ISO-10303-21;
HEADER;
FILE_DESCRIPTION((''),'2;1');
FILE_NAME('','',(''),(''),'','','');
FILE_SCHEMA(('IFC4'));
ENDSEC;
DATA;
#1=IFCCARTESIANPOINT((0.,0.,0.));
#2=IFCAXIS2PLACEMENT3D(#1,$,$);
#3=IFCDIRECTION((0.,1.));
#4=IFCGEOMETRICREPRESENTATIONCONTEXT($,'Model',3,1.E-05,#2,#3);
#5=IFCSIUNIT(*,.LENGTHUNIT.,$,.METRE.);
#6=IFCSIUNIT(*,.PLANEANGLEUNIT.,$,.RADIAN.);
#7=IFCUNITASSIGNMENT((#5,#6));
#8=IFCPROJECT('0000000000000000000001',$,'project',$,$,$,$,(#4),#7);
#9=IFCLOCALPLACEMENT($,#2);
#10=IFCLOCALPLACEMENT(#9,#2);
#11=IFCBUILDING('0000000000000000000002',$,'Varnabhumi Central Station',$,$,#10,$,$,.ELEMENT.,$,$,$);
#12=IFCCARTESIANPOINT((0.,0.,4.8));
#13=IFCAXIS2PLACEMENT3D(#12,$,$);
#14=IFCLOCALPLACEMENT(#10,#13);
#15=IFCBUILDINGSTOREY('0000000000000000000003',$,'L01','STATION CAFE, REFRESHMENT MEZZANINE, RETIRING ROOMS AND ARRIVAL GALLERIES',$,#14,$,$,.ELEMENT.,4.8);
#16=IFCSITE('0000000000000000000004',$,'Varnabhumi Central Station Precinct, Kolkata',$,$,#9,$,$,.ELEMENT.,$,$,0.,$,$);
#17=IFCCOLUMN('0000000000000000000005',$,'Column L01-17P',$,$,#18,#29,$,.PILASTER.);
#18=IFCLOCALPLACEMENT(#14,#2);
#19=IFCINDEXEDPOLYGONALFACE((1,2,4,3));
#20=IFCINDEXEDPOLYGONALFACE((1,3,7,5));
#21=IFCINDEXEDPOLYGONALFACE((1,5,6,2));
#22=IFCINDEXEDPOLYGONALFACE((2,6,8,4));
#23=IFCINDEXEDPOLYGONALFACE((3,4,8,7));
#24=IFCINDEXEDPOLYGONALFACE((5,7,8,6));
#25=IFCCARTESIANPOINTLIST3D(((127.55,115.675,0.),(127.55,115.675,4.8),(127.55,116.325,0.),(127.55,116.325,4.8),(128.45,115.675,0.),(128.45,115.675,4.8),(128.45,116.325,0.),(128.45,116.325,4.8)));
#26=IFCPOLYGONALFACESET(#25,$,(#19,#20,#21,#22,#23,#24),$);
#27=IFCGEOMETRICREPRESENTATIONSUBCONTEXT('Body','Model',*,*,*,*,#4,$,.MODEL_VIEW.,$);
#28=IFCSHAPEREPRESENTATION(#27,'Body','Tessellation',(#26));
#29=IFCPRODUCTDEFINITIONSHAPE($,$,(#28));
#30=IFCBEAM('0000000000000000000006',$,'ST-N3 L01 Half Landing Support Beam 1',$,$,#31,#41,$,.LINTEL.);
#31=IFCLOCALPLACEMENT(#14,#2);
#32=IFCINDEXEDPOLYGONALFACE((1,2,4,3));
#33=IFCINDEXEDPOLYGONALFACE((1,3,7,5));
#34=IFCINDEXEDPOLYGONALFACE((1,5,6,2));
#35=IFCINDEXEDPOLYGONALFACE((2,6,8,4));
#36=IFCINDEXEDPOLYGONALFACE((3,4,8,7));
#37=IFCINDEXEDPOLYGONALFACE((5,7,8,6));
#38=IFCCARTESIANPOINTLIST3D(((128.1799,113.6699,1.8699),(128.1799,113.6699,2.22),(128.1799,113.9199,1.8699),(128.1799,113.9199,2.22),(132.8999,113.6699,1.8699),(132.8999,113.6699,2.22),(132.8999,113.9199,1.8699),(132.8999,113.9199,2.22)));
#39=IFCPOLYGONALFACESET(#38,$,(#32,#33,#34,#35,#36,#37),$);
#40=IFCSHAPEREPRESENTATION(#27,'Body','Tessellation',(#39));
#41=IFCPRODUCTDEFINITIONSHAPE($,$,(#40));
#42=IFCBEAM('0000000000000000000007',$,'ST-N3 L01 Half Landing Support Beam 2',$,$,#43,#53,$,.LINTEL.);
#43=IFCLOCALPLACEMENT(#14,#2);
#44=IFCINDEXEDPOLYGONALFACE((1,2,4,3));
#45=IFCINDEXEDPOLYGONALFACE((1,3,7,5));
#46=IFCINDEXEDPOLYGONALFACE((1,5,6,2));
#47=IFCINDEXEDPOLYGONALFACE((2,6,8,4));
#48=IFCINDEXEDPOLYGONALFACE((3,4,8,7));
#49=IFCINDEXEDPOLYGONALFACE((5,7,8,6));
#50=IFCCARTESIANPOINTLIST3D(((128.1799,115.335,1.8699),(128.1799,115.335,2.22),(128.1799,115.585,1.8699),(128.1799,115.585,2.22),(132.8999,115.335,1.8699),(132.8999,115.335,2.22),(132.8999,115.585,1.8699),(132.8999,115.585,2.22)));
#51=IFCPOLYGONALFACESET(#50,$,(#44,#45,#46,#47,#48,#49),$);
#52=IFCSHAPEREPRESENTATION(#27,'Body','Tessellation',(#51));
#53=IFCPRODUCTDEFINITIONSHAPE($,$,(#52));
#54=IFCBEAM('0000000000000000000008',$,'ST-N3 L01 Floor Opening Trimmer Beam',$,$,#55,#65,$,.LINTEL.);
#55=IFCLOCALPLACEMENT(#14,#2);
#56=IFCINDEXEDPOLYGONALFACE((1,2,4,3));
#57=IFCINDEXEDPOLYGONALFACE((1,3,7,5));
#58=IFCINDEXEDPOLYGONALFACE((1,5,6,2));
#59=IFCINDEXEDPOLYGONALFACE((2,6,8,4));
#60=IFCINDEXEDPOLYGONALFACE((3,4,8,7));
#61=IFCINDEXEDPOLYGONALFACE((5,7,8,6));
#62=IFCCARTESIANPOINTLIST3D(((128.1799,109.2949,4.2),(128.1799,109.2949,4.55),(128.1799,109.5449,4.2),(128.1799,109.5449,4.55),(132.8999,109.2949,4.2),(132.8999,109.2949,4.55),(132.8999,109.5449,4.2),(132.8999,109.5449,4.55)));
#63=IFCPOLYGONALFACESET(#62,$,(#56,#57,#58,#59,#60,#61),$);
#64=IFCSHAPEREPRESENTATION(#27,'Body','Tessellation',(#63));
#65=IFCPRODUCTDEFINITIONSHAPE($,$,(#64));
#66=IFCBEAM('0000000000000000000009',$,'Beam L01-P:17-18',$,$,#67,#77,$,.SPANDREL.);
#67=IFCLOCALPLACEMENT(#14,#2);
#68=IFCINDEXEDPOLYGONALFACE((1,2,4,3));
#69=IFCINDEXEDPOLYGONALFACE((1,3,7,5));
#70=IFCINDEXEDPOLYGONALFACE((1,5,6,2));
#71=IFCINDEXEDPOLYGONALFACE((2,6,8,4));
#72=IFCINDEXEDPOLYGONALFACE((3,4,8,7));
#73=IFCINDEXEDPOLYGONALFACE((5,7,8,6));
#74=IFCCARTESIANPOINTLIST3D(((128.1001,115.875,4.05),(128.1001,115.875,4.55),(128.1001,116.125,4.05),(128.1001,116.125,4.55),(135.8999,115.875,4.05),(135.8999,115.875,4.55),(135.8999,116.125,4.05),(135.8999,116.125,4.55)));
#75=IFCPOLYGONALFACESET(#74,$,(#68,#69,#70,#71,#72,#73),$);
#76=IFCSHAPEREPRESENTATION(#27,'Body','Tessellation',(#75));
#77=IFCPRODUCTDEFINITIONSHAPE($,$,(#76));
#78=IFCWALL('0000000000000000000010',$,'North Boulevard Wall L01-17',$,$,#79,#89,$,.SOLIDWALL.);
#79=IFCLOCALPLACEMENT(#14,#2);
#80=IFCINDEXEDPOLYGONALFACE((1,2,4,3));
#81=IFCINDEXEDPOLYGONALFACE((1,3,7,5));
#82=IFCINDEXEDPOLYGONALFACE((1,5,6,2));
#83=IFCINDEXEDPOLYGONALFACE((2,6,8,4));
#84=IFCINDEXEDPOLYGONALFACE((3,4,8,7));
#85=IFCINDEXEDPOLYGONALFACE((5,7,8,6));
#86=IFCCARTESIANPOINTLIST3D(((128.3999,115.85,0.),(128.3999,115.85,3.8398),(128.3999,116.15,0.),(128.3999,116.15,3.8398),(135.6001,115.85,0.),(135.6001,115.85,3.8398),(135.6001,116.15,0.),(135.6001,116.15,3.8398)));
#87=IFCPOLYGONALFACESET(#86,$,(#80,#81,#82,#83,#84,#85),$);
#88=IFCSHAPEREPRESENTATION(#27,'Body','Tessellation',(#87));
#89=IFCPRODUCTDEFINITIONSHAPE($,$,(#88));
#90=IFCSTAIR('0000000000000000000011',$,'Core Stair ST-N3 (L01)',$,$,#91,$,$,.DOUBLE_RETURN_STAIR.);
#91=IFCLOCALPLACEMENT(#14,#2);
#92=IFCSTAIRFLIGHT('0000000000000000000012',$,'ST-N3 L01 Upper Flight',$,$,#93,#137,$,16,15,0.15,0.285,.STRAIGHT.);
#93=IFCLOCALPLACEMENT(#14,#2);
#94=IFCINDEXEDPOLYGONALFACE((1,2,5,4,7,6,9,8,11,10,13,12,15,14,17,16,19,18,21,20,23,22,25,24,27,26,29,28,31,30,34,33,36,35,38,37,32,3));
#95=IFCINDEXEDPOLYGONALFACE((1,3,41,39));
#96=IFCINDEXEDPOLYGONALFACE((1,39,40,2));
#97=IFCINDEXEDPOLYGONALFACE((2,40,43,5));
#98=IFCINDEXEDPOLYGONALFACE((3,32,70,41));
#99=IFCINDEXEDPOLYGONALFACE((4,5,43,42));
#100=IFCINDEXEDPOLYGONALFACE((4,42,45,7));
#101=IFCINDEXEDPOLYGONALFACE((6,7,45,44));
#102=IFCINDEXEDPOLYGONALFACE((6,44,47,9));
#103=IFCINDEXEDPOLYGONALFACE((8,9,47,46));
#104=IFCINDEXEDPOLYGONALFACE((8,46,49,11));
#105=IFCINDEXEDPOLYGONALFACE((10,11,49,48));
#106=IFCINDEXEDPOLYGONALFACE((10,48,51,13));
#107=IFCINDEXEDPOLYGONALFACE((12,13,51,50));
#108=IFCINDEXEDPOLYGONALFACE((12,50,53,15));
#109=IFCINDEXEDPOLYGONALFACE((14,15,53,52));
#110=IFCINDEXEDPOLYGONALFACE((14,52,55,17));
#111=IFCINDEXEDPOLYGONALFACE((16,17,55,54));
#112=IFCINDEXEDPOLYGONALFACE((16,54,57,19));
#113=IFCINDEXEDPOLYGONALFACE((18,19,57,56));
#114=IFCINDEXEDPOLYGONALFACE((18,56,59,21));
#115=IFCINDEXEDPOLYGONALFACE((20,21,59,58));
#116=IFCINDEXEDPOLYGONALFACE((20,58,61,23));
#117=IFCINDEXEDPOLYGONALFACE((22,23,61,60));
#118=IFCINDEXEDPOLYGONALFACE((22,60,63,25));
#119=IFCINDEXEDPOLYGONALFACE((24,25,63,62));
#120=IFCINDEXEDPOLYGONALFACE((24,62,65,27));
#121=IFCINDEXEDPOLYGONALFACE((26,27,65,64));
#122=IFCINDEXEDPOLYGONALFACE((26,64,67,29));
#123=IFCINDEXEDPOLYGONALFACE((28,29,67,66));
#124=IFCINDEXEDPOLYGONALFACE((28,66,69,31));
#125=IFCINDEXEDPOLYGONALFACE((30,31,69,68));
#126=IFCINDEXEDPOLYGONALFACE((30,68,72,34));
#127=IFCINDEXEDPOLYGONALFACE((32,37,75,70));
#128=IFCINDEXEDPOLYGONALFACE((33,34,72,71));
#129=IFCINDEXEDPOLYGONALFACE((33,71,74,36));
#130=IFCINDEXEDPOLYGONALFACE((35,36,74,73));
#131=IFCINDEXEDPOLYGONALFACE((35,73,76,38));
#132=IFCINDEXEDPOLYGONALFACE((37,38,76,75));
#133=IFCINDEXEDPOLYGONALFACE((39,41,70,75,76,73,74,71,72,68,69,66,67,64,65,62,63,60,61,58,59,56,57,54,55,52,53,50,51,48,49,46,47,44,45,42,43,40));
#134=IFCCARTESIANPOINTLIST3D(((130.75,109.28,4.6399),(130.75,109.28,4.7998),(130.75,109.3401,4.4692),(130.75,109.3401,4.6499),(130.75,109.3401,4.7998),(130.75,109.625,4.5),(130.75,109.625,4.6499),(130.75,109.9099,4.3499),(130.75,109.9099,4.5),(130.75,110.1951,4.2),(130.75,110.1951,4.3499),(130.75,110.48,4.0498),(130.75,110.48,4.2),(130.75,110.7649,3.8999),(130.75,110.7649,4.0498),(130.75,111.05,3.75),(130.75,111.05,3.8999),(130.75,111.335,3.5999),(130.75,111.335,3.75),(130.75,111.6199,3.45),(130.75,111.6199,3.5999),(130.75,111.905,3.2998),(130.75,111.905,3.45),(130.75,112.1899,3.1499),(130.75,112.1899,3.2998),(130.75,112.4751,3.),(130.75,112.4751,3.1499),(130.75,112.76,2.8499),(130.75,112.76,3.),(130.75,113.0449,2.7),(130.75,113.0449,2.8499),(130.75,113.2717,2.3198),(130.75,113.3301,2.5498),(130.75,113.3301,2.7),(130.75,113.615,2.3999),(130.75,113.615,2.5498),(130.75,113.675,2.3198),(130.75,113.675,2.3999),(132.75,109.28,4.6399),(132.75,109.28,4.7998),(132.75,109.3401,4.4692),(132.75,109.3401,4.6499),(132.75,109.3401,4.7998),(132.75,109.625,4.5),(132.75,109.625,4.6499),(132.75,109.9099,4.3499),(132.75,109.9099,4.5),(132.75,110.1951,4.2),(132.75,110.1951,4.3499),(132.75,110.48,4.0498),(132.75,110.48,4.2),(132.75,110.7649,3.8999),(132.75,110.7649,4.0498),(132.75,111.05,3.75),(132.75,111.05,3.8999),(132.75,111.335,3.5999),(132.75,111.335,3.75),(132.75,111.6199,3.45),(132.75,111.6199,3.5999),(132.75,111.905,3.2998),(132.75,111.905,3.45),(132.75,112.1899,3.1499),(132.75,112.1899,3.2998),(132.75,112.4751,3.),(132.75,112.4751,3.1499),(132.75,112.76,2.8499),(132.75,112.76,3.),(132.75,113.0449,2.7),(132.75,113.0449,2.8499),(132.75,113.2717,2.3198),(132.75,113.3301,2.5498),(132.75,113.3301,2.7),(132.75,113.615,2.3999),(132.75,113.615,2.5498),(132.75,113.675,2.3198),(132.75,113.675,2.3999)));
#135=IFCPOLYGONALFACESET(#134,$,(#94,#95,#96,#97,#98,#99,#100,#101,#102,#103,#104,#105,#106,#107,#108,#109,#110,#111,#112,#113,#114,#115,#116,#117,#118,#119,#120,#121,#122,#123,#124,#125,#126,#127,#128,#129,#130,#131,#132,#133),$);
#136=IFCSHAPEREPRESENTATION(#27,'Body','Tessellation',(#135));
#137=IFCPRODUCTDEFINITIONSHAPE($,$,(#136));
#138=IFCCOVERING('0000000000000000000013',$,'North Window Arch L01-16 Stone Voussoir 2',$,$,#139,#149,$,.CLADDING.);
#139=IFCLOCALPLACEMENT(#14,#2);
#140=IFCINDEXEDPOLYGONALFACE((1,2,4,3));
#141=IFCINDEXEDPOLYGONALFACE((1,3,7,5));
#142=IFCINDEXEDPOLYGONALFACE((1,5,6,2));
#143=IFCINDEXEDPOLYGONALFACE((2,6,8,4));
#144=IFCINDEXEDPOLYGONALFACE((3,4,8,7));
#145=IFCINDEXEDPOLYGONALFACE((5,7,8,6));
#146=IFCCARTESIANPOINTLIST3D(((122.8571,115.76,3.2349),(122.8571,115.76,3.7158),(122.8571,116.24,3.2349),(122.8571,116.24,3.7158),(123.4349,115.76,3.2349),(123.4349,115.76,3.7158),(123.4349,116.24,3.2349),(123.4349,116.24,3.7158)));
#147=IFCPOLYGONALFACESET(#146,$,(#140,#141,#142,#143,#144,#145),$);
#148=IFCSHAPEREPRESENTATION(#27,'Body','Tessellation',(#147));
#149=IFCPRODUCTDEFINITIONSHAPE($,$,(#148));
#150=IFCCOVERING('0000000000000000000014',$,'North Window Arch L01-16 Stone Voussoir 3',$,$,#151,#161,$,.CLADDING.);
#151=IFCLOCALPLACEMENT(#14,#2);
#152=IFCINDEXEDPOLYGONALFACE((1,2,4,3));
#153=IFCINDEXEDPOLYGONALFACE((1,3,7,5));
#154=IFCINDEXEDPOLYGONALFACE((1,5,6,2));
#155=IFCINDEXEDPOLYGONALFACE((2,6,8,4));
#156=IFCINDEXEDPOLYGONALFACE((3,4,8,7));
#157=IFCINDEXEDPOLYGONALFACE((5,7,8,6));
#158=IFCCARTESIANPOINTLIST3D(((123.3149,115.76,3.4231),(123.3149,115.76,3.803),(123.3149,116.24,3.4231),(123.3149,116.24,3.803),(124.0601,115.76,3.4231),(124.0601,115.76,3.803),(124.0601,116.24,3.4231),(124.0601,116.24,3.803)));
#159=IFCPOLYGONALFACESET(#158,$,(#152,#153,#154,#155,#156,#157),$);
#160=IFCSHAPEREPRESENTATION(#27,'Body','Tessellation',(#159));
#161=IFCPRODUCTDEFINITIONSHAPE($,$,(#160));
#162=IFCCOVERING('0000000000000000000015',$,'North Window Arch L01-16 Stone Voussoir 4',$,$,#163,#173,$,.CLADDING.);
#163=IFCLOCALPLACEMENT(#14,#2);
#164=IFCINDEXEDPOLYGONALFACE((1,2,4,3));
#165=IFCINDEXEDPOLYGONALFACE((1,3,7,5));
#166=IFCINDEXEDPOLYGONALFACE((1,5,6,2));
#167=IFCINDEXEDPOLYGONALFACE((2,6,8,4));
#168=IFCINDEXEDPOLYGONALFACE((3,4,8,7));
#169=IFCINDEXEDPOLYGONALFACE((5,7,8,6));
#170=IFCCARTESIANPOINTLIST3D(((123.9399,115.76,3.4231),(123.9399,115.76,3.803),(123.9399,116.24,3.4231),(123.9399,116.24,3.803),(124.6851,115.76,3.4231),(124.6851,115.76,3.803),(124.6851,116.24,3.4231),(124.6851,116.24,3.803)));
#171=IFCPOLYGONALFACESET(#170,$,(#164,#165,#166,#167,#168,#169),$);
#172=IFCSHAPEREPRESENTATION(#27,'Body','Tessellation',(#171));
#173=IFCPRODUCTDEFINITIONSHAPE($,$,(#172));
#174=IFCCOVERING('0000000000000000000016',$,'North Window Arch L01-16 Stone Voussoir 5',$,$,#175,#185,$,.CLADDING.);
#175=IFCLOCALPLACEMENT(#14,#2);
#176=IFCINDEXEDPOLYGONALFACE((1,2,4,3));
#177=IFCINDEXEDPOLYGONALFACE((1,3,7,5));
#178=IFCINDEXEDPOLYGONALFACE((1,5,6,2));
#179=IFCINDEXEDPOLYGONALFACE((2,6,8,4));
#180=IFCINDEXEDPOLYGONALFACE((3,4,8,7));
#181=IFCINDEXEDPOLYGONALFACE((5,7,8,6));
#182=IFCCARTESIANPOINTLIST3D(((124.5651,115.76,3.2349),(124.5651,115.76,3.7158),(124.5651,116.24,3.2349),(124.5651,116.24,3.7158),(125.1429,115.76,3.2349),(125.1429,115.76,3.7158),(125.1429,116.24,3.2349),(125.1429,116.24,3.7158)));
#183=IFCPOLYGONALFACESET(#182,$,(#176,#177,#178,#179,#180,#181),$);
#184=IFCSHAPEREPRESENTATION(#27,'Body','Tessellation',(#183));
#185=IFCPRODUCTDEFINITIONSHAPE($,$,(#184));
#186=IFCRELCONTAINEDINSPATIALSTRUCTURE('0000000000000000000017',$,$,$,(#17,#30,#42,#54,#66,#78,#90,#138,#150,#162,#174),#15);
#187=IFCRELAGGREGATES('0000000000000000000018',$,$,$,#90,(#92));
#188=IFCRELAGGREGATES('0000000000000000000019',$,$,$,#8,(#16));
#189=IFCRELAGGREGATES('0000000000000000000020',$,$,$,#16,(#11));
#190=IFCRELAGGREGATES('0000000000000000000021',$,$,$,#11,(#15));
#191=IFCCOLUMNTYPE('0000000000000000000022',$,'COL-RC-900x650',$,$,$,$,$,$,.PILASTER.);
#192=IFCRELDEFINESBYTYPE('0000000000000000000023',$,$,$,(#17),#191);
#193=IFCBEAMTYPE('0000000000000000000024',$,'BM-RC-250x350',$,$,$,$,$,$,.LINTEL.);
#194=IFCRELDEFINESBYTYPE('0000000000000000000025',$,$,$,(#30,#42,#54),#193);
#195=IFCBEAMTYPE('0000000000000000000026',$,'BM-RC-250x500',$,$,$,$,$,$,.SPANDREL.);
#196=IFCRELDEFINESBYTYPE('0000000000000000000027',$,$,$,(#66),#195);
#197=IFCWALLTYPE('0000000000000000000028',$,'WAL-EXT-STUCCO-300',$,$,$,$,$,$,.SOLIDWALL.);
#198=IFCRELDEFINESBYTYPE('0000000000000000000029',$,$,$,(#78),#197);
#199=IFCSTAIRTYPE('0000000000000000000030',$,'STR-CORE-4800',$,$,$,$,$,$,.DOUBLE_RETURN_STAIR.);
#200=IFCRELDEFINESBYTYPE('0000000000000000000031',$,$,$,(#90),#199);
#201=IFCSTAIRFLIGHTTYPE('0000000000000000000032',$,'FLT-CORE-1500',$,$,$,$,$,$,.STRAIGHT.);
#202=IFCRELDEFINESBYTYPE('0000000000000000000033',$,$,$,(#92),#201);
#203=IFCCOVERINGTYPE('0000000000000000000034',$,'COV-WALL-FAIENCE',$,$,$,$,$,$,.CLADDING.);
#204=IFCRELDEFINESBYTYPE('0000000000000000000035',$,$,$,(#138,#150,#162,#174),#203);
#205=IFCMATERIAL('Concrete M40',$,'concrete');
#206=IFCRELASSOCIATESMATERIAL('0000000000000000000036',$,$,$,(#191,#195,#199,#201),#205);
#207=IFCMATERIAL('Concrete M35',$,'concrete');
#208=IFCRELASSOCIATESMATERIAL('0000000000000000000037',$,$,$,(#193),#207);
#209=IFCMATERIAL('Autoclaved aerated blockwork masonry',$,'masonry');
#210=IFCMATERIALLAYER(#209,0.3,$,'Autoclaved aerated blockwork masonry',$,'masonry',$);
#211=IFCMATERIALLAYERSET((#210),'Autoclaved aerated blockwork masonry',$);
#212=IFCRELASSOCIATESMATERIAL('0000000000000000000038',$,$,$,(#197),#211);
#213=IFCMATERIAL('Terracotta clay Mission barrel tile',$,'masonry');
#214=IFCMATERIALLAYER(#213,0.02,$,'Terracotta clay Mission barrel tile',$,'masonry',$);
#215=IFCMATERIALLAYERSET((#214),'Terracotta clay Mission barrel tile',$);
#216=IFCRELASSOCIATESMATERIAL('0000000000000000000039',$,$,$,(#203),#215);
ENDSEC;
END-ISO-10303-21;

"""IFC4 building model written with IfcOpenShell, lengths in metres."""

from ifc_helpers import new_model, si_unit, direction, frame, frame_2d, origin, origin_2d, place, context, subcontext, project, spatial, polyline, rectangle, outline, extrude, material, layer, layer_set, material_profile, profile_set, type_object, element, aggregate, save


model = new_model("IFC4")

# Units and contexts
model_context = context("Model", 3, precision=1e-05, world=origin(), true_north=direction((0.0, 1.0)))
body_context = subcontext(model_context, "Body", "Model", "MODEL_VIEW")
ifc_project = project(units=[si_unit("LENGTHUNIT", "METRE"), si_unit("PLANEANGLEUNIT", "RADIAN")], contexts=[model_context])

# Site, building, storey
site_placement = place(None, origin())
site = spatial("IfcSite", under=ifc_project, at=site_placement, Name="Varnabhumi Central Station Precinct, Kolkata", CompositionType="ELEMENT", RefElevation=0.0)
building_placement = place(site_placement, origin())
building = spatial("IfcBuilding", under=site, at=building_placement, Name="Varnabhumi Central Station", CompositionType="ELEMENT")
storey_placement = place(building_placement, frame((0.0, 0.0, 4.8)))
storey = spatial("IfcBuildingStorey", under=building, at=storey_placement, Name="L01", Description="STATION CAFE, REFRESHMENT MEZZANINE, RETIRING ROOMS AND ARRIVAL GALLERIES", CompositionType="ELEMENT", Elevation=4.8)

# Column
ifc_material_1 = material(Name="Concrete M40", Category="concrete")
ifc_material_profile_1 = material_profile(ifc_material_1, rectangle(XDim=0.8999, YDim=0.6499, at=origin_2d()), Name="Concrete M40", Category="concrete")
ifc_profile_set_1 = profile_set([ifc_material_profile_1], Name="Concrete M40")
column_type = type_object("IfcColumnType", Name="COL-RC-900x650", PredefinedType="PILASTER", material=ifc_profile_set_1)
column_placement = place(storey_placement, frame((128.0, 116.0, 0.0), z_axis=(0.0, 0.0, 1.0), x_axis=(1.0, 0.0, 0.0)))
element("IfcColumn", 1, at=column_placement, inside=storey, type_object=column_type, Name="Column L01-17P", PredefinedType="PILASTER", context=body_context, shape_type="SweptSolid", body=[
    extrude(rectangle(XDim=0.8999, YDim=0.6499, at=origin_2d()), origin(), (0.0, 0.0, 1.0), 4.8),
])

# Beams
ifc_material_2 = material(Name="Concrete M35", Category="concrete")
ifc_material_profile_2 = material_profile(ifc_material_2, rectangle(XDim=0.25, YDim=0.3501, at=origin_2d()), Name="Concrete M35", Category="concrete")
ifc_profile_set_2 = profile_set([ifc_material_profile_2], Name="Concrete M35")
beam_type_1 = type_object("IfcBeamType", Name="BM-RC-250x350", PredefinedType="LINTEL", material=ifc_profile_set_2)
for number, where, z_axis, x_axis, name in (
    (2, (128.1799, 113.7949, 2.0449), (1.0, 0.0, 0.0), (0.0, 1.0, 0.0), "ST-N3 L01 Half Landing Support Beam 1"),
    (3, (128.1799, 115.46, 2.0449), (1.0, 0.0, 0.0), (0.0, 1.0, 0.0), "ST-N3 L01 Half Landing Support Beam 2"),
    (4, (128.1799, 109.4199, 4.375), (1.0, 0.0, 0.0), (0.0, 1.0, 0.0), "ST-N3 L01 Floor Opening Trimmer Beam"),
):
    element("IfcBeam", number, at=place(storey_placement, frame(where, z_axis=z_axis, x_axis=x_axis)), inside=storey, type_object=beam_type_1, Name=name, PredefinedType="LINTEL", context=body_context, shape_type="SweptSolid", body=[
        extrude(rectangle(XDim=0.25, YDim=0.3501, at=origin_2d()), origin(), (0.0, 0.0, 1.0), 4.72),
    ])
ifc_material_profile_3 = material_profile(ifc_material_1, rectangle(XDim=0.25, YDim=0.5, at=origin_2d()), Name="Concrete M40", Category="concrete")
ifc_profile_set_3 = profile_set([ifc_material_profile_3], Name="Concrete M40")
beam_type_2 = type_object("IfcBeamType", Name="BM-RC-250x500", PredefinedType="SPANDREL", material=ifc_profile_set_3)
beam_placement = place(storey_placement, frame((128.1001, 116.0, 4.3), z_axis=(1.0, 0.0, 0.0), x_axis=(0.0, 1.0, 0.0)))
element("IfcBeam", 5, at=beam_placement, inside=storey, type_object=beam_type_2, Name="Beam L01-P:17-18", PredefinedType="SPANDREL", context=body_context, shape_type="SweptSolid", body=[
    extrude(rectangle(XDim=0.25, YDim=0.5, at=origin_2d()), origin(), (0.0, 0.0, 1.0), 7.7998),
])

# Wall
ifc_material_3 = material(Name="Autoclaved aerated blockwork masonry", Category="masonry")
ifc_layer_1 = layer(ifc_material_3, 0.3, Name="Autoclaved aerated blockwork masonry", Category="masonry")
ifc_layer_set_1 = layer_set([ifc_layer_1], Name="Autoclaved aerated blockwork masonry")
wall_type_1 = type_object("IfcWallType", Name="WAL-EXT-STUCCO-300", PredefinedType="SOLIDWALL", material=ifc_layer_set_1)
wall_1_placement = place(storey_placement, frame((128.3999, 116.0, 0.0), z_axis=(0.0, 0.0, 1.0), x_axis=(1.0, 0.0, 0.0)))
element("IfcWall", 6, at=wall_1_placement, inside=storey, type_object=wall_type_1, Name="North Boulevard Wall L01-17", PredefinedType="SOLIDWALL", context=body_context, shape_type="SweptSolid", body=[
    extrude(rectangle(XDim=7.2002, YDim=0.3, at=frame_2d((3.6001, 0.0))), origin(), (0.0, 0.0, 1.0), 3.8398),
])

# Stair, stair flight
stair_type = type_object("IfcStairType", Name="STR-CORE-4800", PredefinedType="DOUBLE_RETURN_STAIR", material=ifc_material_1)
stair_placement = place(storey_placement, origin())
stair = element("IfcStair", 7, at=stair_placement, inside=storey, type_object=stair_type, Name="Core Stair ST-N3 (L01)", PredefinedType="DOUBLE_RETURN_STAIR")
stair_flight_type = type_object("IfcStairFlightType", Name="FLT-CORE-1500", PredefinedType="STRAIGHT", material=ifc_material_1)
stair_flight_placement = place(storey_placement, frame((131.75, 113.615, 2.3999), z_axis=(0.0, 0.0, 1.0), x_axis=(0.0, -1.0, 0.0)))
stair_flight = element("IfcStairFlight", 8, at=stair_flight_placement, type_object=stair_flight_type, Name="ST-N3 L01 Upper Flight", NumberOfRisers=16, NumberOfTreads=15, PredefinedType="STRAIGHT", RiserHeight=0.15, TreadLength=0.285, context=body_context, shape_type="SweptSolid", body=[
    extrude(outline(polyline([(-0.0601, -0.0801), (-0.0601, 0.0), (0.0, 0.0), (0.0, 0.1499), (0.2849, 0.1499), (0.2849, 0.3), (0.5701, 0.3), (0.5701, 0.45), (0.855, 0.45), (0.855, 0.6001), (1.1399, 0.6001), (1.1399, 0.75), (1.425, 0.75), (1.425, 0.8999), (1.71, 0.8999), (1.71, 1.05), (1.9951, 1.05), (1.9951, 1.2), (2.28, 1.2), (2.28, 1.3501), (2.5649, 1.3501), (2.5649, 1.5), (2.8501, 1.5), (2.8501, 1.6499), (3.135, 1.6499), (3.135, 1.8), (3.4199, 1.8), (3.4199, 1.95), (3.7051, 1.95), (3.7051, 2.1001), (3.99, 2.1001), (3.99, 2.25), (4.2749, 2.25), (4.2749, 2.3999), (4.335, 2.3999), (4.335, 2.24), (4.2749, 2.0693), (0.3433, -0.0801), (-0.0601, -0.0801)])), frame((0.0, 1.0, 0.0), z_axis=(0.0, -1.0, 0.0), x_axis=(1.0, 0.0, 0.0)), (0.0, 0.0, 1.0), 2.0),
])
aggregate(stair, [stair_flight])

# Coverings
ifc_material_4 = material(Name="Terracotta clay Mission barrel tile", Category="masonry")
ifc_layer_2 = layer(ifc_material_4, 0.02, Name="Terracotta clay Mission barrel tile", Category="masonry")
ifc_layer_set_2 = layer_set([ifc_layer_2], Name="Terracotta clay Mission barrel tile")
covering_type = type_object("IfcCoveringType", Name="COV-WALL-FAIENCE", PredefinedType="CLADDING", material=ifc_layer_set_2)
covering_1_placement = place(storey_placement, frame((123.146, 116.0, 3.2349), z_axis=(0.0, 0.0, 1.0), x_axis=(1.0, 0.0, 0.0)))
element("IfcCovering", 9, at=covering_1_placement, inside=storey, type_object=covering_type, Name="North Window Arch L01-16 Stone Voussoir 2", PredefinedType="CLADDING", context=body_context, shape_type="SweptSolid", body=[
    extrude(rectangle(XDim=0.5779, YDim=0.48, at=origin_2d()), origin(), (0.0, 0.0, 1.0), 0.481),
])
for number, where, z_axis, x_axis, name in (
    (10, (123.6875, 116.0, 3.4231), (0.0, 0.0, 1.0), (1.0, 0.0, 0.0), "North Window Arch L01-16 Stone Voussoir 3"),
    (11, (124.3125, 116.0, 3.4231), (0.0, 0.0, 1.0), (1.0, 0.0, 0.0), "North Window Arch L01-16 Stone Voussoir 4"),
):
    element("IfcCovering", number, at=place(storey_placement, frame(where, z_axis=z_axis, x_axis=x_axis)), inside=storey, type_object=covering_type, Name=name, PredefinedType="CLADDING", context=body_context, shape_type="SweptSolid", body=[
        extrude(rectangle(XDim=0.7451, YDim=0.48, at=origin_2d()), origin(), (0.0, 0.0, 1.0), 0.3799),
    ])
covering_2_placement = place(storey_placement, frame((124.854, 116.0, 3.2349), z_axis=(0.0, 0.0, 1.0), x_axis=(1.0, 0.0, 0.0)))
element("IfcCovering", 12, at=covering_2_placement, inside=storey, type_object=covering_type, Name="North Window Arch L01-16 Stone Voussoir 5", PredefinedType="CLADDING", context=body_context, shape_type="SweptSolid", body=[
    extrude(rectangle(XDim=0.5779, YDim=0.48, at=origin_2d()), origin(), (0.0, 0.0, 1.0), 0.481),
])

save(model, "model.ifc")
